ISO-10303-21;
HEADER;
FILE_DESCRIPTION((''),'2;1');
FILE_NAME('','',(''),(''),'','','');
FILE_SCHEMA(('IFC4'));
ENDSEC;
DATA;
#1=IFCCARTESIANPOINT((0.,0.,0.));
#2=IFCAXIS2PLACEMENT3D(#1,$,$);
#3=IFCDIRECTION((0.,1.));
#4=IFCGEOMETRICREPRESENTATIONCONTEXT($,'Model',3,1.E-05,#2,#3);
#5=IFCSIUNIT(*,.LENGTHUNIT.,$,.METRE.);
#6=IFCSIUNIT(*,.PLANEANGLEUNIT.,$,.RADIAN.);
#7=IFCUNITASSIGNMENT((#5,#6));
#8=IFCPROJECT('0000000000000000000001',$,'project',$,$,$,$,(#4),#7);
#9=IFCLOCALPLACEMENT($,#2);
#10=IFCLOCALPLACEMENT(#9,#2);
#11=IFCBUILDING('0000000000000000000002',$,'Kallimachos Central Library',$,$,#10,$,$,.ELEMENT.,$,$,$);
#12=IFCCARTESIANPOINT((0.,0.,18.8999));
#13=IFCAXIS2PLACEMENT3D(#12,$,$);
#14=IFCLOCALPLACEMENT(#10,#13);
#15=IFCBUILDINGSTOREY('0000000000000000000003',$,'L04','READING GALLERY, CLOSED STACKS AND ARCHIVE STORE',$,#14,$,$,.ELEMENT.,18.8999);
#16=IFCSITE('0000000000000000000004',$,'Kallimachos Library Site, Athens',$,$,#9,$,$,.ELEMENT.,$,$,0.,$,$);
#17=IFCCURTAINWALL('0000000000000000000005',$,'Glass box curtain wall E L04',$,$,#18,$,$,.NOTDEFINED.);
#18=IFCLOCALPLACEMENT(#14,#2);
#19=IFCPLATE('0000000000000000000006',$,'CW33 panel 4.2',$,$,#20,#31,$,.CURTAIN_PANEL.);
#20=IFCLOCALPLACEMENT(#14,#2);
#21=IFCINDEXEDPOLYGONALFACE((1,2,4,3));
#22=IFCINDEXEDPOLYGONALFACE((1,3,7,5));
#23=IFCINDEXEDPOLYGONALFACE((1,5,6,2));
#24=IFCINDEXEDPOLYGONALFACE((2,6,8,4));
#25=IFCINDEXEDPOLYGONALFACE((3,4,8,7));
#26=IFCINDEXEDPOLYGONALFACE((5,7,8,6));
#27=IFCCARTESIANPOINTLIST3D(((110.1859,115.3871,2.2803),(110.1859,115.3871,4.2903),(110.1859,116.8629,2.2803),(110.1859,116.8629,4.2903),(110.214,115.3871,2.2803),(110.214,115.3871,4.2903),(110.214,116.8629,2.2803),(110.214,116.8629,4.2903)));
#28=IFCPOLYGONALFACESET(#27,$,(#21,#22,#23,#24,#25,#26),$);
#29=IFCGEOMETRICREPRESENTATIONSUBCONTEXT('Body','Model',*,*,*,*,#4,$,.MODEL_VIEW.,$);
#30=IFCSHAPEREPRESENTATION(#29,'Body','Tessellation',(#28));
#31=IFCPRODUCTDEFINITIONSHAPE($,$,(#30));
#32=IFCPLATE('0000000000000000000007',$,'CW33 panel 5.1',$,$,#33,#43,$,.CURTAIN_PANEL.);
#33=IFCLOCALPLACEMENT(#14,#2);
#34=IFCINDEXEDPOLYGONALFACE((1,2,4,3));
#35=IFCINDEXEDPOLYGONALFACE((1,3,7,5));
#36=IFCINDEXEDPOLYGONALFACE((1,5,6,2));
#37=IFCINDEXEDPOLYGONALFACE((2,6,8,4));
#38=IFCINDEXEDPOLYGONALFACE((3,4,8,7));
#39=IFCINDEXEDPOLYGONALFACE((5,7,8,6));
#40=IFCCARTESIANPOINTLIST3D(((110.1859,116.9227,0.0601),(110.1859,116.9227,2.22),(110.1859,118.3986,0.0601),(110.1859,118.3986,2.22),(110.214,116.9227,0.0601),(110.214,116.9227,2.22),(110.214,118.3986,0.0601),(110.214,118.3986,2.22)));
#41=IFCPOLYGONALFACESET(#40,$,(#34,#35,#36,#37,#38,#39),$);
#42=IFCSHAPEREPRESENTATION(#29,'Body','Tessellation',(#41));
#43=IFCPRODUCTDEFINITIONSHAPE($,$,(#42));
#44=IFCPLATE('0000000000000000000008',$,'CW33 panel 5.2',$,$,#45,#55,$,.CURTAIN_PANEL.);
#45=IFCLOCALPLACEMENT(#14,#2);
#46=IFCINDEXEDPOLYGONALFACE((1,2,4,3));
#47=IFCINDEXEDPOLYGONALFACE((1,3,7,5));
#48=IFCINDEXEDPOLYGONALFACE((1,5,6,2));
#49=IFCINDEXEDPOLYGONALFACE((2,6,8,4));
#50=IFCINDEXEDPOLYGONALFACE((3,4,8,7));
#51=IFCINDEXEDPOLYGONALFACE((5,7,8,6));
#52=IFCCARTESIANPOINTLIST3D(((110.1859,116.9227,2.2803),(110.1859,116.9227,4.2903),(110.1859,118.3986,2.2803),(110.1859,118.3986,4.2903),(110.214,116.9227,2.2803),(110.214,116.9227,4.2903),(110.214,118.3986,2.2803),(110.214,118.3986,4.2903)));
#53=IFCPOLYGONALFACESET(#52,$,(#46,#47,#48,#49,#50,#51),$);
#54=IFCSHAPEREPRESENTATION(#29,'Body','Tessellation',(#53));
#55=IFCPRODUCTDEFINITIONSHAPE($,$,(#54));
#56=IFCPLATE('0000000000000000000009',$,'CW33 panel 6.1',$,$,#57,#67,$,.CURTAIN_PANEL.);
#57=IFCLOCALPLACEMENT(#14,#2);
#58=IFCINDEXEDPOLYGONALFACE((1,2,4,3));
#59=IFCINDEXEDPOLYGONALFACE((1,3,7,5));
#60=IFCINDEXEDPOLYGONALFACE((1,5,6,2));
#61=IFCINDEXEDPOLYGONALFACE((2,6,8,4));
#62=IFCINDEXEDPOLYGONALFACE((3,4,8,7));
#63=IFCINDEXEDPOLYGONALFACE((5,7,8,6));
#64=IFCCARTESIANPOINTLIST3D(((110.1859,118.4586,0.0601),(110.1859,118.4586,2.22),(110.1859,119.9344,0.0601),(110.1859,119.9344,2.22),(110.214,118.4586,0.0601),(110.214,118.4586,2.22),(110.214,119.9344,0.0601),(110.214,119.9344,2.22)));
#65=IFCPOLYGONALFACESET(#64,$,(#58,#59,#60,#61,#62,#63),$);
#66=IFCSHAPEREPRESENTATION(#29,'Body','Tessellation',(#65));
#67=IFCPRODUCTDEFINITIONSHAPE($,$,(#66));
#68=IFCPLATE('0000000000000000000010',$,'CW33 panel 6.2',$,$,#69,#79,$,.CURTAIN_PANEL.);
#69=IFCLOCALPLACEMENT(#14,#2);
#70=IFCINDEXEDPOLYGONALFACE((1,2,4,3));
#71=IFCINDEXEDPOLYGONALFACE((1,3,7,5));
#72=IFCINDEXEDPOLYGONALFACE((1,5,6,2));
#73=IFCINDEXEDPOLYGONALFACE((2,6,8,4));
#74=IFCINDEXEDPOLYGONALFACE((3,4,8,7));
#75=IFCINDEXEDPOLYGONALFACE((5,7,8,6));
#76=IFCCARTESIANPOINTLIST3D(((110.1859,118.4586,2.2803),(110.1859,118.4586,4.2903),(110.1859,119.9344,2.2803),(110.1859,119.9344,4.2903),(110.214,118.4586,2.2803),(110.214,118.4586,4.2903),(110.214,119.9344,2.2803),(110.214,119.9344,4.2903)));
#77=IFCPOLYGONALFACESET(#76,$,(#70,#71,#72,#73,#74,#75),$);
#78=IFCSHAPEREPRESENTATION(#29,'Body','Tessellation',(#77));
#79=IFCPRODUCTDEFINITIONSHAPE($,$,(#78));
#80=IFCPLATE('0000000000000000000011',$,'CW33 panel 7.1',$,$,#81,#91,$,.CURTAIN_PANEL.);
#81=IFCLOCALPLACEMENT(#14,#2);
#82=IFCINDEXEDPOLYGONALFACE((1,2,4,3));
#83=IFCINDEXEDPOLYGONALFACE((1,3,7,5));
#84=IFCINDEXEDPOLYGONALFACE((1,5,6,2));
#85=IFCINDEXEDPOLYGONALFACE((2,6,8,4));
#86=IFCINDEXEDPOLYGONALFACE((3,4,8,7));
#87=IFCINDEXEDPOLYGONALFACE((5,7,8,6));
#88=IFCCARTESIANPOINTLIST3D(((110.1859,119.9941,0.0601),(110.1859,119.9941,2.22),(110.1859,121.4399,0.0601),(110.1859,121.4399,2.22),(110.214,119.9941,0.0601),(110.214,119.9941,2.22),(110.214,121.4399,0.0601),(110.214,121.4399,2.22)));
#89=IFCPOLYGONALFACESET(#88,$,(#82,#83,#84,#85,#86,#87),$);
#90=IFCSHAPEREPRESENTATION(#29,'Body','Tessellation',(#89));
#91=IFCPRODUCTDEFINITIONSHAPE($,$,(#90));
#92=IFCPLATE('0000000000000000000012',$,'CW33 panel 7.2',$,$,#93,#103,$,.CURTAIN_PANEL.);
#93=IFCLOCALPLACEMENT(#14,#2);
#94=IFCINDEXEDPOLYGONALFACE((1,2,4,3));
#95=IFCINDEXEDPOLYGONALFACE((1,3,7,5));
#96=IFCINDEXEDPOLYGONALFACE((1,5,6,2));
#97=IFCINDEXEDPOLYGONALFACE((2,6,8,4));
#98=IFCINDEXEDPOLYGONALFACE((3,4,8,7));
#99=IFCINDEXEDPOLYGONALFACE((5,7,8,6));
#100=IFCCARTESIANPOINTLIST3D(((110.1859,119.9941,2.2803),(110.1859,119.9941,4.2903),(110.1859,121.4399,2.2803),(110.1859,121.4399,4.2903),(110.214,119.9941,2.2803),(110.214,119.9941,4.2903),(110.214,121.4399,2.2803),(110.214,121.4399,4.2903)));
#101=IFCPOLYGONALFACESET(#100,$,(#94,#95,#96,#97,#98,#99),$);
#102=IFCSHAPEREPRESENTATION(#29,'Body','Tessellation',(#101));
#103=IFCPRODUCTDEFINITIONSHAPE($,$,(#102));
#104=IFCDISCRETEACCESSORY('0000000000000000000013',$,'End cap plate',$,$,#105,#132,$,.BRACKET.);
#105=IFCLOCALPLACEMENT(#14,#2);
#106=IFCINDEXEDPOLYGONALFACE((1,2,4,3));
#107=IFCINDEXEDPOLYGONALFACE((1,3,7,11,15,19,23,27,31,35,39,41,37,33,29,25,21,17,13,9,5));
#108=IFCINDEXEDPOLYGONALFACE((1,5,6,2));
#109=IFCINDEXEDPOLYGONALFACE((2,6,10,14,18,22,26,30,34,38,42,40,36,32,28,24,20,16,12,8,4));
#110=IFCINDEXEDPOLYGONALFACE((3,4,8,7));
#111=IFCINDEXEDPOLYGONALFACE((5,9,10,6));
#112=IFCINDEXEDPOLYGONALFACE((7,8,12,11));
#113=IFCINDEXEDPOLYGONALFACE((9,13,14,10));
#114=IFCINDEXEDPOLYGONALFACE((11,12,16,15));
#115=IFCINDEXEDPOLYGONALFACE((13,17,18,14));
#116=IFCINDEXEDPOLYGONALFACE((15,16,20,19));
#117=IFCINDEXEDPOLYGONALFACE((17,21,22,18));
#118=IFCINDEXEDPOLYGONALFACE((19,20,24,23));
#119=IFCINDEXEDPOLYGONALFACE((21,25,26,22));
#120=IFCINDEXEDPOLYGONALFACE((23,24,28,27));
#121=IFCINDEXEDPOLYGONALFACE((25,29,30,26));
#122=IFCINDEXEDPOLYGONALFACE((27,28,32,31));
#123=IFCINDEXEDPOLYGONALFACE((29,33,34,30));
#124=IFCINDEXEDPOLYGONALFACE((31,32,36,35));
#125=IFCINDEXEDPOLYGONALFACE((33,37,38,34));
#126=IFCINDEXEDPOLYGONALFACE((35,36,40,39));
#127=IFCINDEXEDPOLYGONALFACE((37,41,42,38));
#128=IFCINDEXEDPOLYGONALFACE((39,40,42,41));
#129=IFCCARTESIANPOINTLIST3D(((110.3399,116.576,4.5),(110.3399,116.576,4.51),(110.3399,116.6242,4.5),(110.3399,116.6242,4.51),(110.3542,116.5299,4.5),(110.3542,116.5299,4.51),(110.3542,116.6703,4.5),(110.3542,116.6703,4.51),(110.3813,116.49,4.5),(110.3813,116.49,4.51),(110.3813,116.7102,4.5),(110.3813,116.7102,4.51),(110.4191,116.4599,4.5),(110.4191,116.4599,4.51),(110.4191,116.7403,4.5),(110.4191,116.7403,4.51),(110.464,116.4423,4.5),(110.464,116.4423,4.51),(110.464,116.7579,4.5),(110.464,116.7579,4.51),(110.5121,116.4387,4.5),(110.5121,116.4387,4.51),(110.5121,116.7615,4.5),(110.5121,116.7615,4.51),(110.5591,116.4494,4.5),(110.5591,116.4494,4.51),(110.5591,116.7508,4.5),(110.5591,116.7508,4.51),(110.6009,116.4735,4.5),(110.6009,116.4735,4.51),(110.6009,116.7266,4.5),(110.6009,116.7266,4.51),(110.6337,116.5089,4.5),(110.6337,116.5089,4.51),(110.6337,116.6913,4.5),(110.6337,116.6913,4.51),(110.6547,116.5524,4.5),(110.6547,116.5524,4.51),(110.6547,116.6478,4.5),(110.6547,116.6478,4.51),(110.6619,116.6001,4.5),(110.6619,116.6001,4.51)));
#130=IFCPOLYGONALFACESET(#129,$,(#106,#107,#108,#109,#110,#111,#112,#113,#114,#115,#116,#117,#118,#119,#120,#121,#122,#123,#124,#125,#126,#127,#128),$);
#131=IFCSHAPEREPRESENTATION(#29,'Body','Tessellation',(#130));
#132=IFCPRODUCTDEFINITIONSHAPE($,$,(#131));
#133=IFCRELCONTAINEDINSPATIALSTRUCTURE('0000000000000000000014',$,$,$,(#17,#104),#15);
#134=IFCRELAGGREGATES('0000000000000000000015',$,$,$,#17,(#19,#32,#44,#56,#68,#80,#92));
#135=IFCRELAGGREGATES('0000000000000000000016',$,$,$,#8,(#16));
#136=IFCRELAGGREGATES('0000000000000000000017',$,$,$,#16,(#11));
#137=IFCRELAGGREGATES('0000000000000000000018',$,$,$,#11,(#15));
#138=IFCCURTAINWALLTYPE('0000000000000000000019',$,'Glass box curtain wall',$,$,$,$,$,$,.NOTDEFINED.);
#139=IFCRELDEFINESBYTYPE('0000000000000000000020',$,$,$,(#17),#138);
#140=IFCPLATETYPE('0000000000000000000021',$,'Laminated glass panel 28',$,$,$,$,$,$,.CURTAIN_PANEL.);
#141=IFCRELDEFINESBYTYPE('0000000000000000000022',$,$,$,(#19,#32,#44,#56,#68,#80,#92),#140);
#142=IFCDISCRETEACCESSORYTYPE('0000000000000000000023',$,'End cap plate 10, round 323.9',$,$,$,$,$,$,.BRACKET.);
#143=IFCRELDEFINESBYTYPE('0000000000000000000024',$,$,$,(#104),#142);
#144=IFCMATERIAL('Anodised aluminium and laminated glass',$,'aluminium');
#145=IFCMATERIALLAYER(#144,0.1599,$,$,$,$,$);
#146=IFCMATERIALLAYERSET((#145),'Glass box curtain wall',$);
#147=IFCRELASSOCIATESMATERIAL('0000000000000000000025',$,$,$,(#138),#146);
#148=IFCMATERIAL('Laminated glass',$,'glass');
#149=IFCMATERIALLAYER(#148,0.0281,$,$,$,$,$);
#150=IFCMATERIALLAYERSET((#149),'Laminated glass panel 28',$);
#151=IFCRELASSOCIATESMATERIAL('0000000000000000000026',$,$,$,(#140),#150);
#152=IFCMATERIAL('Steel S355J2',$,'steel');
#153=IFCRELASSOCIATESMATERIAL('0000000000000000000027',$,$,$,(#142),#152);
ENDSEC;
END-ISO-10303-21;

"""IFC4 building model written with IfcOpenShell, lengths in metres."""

from ifc_helpers import new_model, si_unit, direction, frame, origin, origin_2d, place, context, subcontext, project, spatial, rectangle, circle, extrude, material, layer, layer_set, material_profile, profile_set, type_object, element, aggregate, save


model = new_model("IFC4")

# Units and contexts
model_context = context("Model", 3, precision=1e-05, world=origin(), true_north=direction((0.0, 1.0)))
body_context = subcontext(model_context, "Body", "Model", "MODEL_VIEW")
ifc_project = project(units=[si_unit("LENGTHUNIT", "METRE"), si_unit("PLANEANGLEUNIT", "RADIAN")], contexts=[model_context])

# Site, building, storey
site_placement = place(None, origin())
site = spatial("IfcSite", under=ifc_project, at=site_placement, Name="Kallimachos Library Site, Athens", CompositionType="ELEMENT", RefElevation=0.0)
building_placement = place(site_placement, origin())
building = spatial("IfcBuilding", under=site, at=building_placement, Name="Kallimachos Central Library", CompositionType="ELEMENT")
storey_placement = place(building_placement, frame((0.0, 0.0, 18.8999)))
storey = spatial("IfcBuildingStorey", under=building, at=storey_placement, Name="L04", Description="READING GALLERY, CLOSED STACKS AND ARCHIVE STORE", CompositionType="ELEMENT", Elevation=18.8999)

# Curtain wall
ifc_material_1 = material(Name="Anodised aluminium and laminated glass", Category="aluminium")
ifc_layer_1 = layer(ifc_material_1, 0.1599)
ifc_layer_set_1 = layer_set([ifc_layer_1], Name="Glass box curtain wall")
curtain_wall_type = type_object("IfcCurtainWallType", Name="Glass box curtain wall", PredefinedType="NOTDEFINED", material=ifc_layer_set_1)
curtain_wall_placement = place(storey_placement, origin())
curtain_wall = element("IfcCurtainWall", 1, at=curtain_wall_placement, inside=storey, type_object=curtain_wall_type, Name="Glass box curtain wall E L04", PredefinedType="NOTDEFINED")

# Plates
ifc_material_2 = material(Name="Laminated glass", Category="glass")
ifc_layer_2 = layer(ifc_material_2, 0.0281)
ifc_layer_set_2 = layer_set([ifc_layer_2], Name="Laminated glass panel 28")
plate_type = type_object("IfcPlateType", Name="Laminated glass panel 28", PredefinedType="CURTAIN_PANEL", material=ifc_layer_set_2)
plate_1_placement = place(storey_placement, frame((110.2, 116.125, 2.2803), z_axis=(0.0, 0.0, 1.0), x_axis=(0.0, 1.0, 0.0)))
plate_1 = element("IfcPlate", 2, at=plate_1_placement, type_object=plate_type, Name="CW33 panel 4.2", PredefinedType="CURTAIN_PANEL", context=body_context, shape_type="SweptSolid", body=[
    extrude(rectangle(XDim=1.4758, YDim=0.0281, at=origin_2d()), origin(), (0.0, 0.0, 1.0), 2.01),
])
plate_2_placement = place(storey_placement, frame((110.2, 117.6606, 0.0601), z_axis=(0.0, 0.0, 1.0), x_axis=(0.0, 1.0, 0.0)))
plate_2 = element("IfcPlate", 3, at=plate_2_placement, type_object=plate_type, Name="CW33 panel 5.1", PredefinedType="CURTAIN_PANEL", context=body_context, shape_type="SweptSolid", body=[
    extrude(rectangle(XDim=1.4758, YDim=0.0281, at=origin_2d()), origin(), (0.0, 0.0, 1.0), 2.1599),
])
plate_3_placement = place(storey_placement, frame((110.2, 117.6606, 2.2803), z_axis=(0.0, 0.0, 1.0), x_axis=(0.0, 1.0, 0.0)))
plate_3 = element("IfcPlate", 4, at=plate_3_placement, type_object=plate_type, Name="CW33 panel 5.2", PredefinedType="CURTAIN_PANEL", context=body_context, shape_type="SweptSolid", body=[
    extrude(rectangle(XDim=1.4758, YDim=0.0281, at=origin_2d()), origin(), (0.0, 0.0, 1.0), 2.01),
])
plate_4_placement = place(storey_placement, frame((110.2, 119.1965, 0.0601), z_axis=(0.0, 0.0, 1.0), x_axis=(0.0, 1.0, 0.0)))
plate_4 = element("IfcPlate", 5, at=plate_4_placement, type_object=plate_type, Name="CW33 panel 6.1", PredefinedType="CURTAIN_PANEL", context=body_context, shape_type="SweptSolid", body=[
    extrude(rectangle(XDim=1.4758, YDim=0.0281, at=origin_2d()), origin(), (0.0, 0.0, 1.0), 2.1599),
])
plate_5_placement = place(storey_placement, frame((110.2, 119.1965, 2.2803), z_axis=(0.0, 0.0, 1.0), x_axis=(0.0, 1.0, 0.0)))
plate_5 = element("IfcPlate", 6, at=plate_5_placement, type_object=plate_type, Name="CW33 panel 6.2", PredefinedType="CURTAIN_PANEL", context=body_context, shape_type="SweptSolid", body=[
    extrude(rectangle(XDim=1.4758, YDim=0.0281, at=origin_2d()), origin(), (0.0, 0.0, 1.0), 2.01),
])
plate_6_placement = place(storey_placement, frame((110.2, 120.717, 0.0601), z_axis=(0.0, 0.0, 1.0), x_axis=(0.0, 1.0, 0.0)))
plate_6 = element("IfcPlate", 7, at=plate_6_placement, type_object=plate_type, Name="CW33 panel 7.1", PredefinedType="CURTAIN_PANEL", context=body_context, shape_type="SweptSolid", body=[
    extrude(rectangle(XDim=1.4458, YDim=0.0281, at=origin_2d()), origin(), (0.0, 0.0, 1.0), 2.1599),
])
plate_7_placement = place(storey_placement, frame((110.2, 120.717, 2.2803), z_axis=(0.0, 0.0, 1.0), x_axis=(0.0, 1.0, 0.0)))
plate_7 = element("IfcPlate", 8, at=plate_7_placement, type_object=plate_type, Name="CW33 panel 7.2", PredefinedType="CURTAIN_PANEL", context=body_context, shape_type="SweptSolid", body=[
    extrude(rectangle(XDim=1.4458, YDim=0.0281, at=origin_2d()), origin(), (0.0, 0.0, 1.0), 2.01),
])
aggregate(curtain_wall, [plate_1, plate_2, plate_3, plate_4, plate_5, plate_6, plate_7])

# Discrete accessory
ifc_material_3 = material(Name="Steel S355J2", Category="steel")
ifc_material_profile_1 = material_profile(ifc_material_3, circle(Radius=0.1619, at=origin_2d()), Name="End cap plate 10, round 323.9")
ifc_profile_set_1 = profile_set([ifc_material_profile_1], Name="Steel S355J2")
discrete_accessory_type = type_object("IfcDiscreteAccessoryType", Name="End cap plate 10, round 323.9", PredefinedType="BRACKET", material=ifc_profile_set_1)
discrete_accessory_placement = place(storey_placement, frame((110.5, 116.6001, 4.5), z_axis=(0.0, 0.0, 1.0), x_axis=(1.0, 0.0, 0.0)))
element("IfcDiscreteAccessory", 9, at=discrete_accessory_placement, inside=storey, type_object=discrete_accessory_type, Name="End cap plate", PredefinedType="BRACKET", context=body_context, shape_type="SweptSolid", body=[
    extrude(circle(Radius=0.1619, at=origin_2d()), origin(), (0.0, 0.0, 1.0), 0.01),
])

save(model, "model.ifc")
